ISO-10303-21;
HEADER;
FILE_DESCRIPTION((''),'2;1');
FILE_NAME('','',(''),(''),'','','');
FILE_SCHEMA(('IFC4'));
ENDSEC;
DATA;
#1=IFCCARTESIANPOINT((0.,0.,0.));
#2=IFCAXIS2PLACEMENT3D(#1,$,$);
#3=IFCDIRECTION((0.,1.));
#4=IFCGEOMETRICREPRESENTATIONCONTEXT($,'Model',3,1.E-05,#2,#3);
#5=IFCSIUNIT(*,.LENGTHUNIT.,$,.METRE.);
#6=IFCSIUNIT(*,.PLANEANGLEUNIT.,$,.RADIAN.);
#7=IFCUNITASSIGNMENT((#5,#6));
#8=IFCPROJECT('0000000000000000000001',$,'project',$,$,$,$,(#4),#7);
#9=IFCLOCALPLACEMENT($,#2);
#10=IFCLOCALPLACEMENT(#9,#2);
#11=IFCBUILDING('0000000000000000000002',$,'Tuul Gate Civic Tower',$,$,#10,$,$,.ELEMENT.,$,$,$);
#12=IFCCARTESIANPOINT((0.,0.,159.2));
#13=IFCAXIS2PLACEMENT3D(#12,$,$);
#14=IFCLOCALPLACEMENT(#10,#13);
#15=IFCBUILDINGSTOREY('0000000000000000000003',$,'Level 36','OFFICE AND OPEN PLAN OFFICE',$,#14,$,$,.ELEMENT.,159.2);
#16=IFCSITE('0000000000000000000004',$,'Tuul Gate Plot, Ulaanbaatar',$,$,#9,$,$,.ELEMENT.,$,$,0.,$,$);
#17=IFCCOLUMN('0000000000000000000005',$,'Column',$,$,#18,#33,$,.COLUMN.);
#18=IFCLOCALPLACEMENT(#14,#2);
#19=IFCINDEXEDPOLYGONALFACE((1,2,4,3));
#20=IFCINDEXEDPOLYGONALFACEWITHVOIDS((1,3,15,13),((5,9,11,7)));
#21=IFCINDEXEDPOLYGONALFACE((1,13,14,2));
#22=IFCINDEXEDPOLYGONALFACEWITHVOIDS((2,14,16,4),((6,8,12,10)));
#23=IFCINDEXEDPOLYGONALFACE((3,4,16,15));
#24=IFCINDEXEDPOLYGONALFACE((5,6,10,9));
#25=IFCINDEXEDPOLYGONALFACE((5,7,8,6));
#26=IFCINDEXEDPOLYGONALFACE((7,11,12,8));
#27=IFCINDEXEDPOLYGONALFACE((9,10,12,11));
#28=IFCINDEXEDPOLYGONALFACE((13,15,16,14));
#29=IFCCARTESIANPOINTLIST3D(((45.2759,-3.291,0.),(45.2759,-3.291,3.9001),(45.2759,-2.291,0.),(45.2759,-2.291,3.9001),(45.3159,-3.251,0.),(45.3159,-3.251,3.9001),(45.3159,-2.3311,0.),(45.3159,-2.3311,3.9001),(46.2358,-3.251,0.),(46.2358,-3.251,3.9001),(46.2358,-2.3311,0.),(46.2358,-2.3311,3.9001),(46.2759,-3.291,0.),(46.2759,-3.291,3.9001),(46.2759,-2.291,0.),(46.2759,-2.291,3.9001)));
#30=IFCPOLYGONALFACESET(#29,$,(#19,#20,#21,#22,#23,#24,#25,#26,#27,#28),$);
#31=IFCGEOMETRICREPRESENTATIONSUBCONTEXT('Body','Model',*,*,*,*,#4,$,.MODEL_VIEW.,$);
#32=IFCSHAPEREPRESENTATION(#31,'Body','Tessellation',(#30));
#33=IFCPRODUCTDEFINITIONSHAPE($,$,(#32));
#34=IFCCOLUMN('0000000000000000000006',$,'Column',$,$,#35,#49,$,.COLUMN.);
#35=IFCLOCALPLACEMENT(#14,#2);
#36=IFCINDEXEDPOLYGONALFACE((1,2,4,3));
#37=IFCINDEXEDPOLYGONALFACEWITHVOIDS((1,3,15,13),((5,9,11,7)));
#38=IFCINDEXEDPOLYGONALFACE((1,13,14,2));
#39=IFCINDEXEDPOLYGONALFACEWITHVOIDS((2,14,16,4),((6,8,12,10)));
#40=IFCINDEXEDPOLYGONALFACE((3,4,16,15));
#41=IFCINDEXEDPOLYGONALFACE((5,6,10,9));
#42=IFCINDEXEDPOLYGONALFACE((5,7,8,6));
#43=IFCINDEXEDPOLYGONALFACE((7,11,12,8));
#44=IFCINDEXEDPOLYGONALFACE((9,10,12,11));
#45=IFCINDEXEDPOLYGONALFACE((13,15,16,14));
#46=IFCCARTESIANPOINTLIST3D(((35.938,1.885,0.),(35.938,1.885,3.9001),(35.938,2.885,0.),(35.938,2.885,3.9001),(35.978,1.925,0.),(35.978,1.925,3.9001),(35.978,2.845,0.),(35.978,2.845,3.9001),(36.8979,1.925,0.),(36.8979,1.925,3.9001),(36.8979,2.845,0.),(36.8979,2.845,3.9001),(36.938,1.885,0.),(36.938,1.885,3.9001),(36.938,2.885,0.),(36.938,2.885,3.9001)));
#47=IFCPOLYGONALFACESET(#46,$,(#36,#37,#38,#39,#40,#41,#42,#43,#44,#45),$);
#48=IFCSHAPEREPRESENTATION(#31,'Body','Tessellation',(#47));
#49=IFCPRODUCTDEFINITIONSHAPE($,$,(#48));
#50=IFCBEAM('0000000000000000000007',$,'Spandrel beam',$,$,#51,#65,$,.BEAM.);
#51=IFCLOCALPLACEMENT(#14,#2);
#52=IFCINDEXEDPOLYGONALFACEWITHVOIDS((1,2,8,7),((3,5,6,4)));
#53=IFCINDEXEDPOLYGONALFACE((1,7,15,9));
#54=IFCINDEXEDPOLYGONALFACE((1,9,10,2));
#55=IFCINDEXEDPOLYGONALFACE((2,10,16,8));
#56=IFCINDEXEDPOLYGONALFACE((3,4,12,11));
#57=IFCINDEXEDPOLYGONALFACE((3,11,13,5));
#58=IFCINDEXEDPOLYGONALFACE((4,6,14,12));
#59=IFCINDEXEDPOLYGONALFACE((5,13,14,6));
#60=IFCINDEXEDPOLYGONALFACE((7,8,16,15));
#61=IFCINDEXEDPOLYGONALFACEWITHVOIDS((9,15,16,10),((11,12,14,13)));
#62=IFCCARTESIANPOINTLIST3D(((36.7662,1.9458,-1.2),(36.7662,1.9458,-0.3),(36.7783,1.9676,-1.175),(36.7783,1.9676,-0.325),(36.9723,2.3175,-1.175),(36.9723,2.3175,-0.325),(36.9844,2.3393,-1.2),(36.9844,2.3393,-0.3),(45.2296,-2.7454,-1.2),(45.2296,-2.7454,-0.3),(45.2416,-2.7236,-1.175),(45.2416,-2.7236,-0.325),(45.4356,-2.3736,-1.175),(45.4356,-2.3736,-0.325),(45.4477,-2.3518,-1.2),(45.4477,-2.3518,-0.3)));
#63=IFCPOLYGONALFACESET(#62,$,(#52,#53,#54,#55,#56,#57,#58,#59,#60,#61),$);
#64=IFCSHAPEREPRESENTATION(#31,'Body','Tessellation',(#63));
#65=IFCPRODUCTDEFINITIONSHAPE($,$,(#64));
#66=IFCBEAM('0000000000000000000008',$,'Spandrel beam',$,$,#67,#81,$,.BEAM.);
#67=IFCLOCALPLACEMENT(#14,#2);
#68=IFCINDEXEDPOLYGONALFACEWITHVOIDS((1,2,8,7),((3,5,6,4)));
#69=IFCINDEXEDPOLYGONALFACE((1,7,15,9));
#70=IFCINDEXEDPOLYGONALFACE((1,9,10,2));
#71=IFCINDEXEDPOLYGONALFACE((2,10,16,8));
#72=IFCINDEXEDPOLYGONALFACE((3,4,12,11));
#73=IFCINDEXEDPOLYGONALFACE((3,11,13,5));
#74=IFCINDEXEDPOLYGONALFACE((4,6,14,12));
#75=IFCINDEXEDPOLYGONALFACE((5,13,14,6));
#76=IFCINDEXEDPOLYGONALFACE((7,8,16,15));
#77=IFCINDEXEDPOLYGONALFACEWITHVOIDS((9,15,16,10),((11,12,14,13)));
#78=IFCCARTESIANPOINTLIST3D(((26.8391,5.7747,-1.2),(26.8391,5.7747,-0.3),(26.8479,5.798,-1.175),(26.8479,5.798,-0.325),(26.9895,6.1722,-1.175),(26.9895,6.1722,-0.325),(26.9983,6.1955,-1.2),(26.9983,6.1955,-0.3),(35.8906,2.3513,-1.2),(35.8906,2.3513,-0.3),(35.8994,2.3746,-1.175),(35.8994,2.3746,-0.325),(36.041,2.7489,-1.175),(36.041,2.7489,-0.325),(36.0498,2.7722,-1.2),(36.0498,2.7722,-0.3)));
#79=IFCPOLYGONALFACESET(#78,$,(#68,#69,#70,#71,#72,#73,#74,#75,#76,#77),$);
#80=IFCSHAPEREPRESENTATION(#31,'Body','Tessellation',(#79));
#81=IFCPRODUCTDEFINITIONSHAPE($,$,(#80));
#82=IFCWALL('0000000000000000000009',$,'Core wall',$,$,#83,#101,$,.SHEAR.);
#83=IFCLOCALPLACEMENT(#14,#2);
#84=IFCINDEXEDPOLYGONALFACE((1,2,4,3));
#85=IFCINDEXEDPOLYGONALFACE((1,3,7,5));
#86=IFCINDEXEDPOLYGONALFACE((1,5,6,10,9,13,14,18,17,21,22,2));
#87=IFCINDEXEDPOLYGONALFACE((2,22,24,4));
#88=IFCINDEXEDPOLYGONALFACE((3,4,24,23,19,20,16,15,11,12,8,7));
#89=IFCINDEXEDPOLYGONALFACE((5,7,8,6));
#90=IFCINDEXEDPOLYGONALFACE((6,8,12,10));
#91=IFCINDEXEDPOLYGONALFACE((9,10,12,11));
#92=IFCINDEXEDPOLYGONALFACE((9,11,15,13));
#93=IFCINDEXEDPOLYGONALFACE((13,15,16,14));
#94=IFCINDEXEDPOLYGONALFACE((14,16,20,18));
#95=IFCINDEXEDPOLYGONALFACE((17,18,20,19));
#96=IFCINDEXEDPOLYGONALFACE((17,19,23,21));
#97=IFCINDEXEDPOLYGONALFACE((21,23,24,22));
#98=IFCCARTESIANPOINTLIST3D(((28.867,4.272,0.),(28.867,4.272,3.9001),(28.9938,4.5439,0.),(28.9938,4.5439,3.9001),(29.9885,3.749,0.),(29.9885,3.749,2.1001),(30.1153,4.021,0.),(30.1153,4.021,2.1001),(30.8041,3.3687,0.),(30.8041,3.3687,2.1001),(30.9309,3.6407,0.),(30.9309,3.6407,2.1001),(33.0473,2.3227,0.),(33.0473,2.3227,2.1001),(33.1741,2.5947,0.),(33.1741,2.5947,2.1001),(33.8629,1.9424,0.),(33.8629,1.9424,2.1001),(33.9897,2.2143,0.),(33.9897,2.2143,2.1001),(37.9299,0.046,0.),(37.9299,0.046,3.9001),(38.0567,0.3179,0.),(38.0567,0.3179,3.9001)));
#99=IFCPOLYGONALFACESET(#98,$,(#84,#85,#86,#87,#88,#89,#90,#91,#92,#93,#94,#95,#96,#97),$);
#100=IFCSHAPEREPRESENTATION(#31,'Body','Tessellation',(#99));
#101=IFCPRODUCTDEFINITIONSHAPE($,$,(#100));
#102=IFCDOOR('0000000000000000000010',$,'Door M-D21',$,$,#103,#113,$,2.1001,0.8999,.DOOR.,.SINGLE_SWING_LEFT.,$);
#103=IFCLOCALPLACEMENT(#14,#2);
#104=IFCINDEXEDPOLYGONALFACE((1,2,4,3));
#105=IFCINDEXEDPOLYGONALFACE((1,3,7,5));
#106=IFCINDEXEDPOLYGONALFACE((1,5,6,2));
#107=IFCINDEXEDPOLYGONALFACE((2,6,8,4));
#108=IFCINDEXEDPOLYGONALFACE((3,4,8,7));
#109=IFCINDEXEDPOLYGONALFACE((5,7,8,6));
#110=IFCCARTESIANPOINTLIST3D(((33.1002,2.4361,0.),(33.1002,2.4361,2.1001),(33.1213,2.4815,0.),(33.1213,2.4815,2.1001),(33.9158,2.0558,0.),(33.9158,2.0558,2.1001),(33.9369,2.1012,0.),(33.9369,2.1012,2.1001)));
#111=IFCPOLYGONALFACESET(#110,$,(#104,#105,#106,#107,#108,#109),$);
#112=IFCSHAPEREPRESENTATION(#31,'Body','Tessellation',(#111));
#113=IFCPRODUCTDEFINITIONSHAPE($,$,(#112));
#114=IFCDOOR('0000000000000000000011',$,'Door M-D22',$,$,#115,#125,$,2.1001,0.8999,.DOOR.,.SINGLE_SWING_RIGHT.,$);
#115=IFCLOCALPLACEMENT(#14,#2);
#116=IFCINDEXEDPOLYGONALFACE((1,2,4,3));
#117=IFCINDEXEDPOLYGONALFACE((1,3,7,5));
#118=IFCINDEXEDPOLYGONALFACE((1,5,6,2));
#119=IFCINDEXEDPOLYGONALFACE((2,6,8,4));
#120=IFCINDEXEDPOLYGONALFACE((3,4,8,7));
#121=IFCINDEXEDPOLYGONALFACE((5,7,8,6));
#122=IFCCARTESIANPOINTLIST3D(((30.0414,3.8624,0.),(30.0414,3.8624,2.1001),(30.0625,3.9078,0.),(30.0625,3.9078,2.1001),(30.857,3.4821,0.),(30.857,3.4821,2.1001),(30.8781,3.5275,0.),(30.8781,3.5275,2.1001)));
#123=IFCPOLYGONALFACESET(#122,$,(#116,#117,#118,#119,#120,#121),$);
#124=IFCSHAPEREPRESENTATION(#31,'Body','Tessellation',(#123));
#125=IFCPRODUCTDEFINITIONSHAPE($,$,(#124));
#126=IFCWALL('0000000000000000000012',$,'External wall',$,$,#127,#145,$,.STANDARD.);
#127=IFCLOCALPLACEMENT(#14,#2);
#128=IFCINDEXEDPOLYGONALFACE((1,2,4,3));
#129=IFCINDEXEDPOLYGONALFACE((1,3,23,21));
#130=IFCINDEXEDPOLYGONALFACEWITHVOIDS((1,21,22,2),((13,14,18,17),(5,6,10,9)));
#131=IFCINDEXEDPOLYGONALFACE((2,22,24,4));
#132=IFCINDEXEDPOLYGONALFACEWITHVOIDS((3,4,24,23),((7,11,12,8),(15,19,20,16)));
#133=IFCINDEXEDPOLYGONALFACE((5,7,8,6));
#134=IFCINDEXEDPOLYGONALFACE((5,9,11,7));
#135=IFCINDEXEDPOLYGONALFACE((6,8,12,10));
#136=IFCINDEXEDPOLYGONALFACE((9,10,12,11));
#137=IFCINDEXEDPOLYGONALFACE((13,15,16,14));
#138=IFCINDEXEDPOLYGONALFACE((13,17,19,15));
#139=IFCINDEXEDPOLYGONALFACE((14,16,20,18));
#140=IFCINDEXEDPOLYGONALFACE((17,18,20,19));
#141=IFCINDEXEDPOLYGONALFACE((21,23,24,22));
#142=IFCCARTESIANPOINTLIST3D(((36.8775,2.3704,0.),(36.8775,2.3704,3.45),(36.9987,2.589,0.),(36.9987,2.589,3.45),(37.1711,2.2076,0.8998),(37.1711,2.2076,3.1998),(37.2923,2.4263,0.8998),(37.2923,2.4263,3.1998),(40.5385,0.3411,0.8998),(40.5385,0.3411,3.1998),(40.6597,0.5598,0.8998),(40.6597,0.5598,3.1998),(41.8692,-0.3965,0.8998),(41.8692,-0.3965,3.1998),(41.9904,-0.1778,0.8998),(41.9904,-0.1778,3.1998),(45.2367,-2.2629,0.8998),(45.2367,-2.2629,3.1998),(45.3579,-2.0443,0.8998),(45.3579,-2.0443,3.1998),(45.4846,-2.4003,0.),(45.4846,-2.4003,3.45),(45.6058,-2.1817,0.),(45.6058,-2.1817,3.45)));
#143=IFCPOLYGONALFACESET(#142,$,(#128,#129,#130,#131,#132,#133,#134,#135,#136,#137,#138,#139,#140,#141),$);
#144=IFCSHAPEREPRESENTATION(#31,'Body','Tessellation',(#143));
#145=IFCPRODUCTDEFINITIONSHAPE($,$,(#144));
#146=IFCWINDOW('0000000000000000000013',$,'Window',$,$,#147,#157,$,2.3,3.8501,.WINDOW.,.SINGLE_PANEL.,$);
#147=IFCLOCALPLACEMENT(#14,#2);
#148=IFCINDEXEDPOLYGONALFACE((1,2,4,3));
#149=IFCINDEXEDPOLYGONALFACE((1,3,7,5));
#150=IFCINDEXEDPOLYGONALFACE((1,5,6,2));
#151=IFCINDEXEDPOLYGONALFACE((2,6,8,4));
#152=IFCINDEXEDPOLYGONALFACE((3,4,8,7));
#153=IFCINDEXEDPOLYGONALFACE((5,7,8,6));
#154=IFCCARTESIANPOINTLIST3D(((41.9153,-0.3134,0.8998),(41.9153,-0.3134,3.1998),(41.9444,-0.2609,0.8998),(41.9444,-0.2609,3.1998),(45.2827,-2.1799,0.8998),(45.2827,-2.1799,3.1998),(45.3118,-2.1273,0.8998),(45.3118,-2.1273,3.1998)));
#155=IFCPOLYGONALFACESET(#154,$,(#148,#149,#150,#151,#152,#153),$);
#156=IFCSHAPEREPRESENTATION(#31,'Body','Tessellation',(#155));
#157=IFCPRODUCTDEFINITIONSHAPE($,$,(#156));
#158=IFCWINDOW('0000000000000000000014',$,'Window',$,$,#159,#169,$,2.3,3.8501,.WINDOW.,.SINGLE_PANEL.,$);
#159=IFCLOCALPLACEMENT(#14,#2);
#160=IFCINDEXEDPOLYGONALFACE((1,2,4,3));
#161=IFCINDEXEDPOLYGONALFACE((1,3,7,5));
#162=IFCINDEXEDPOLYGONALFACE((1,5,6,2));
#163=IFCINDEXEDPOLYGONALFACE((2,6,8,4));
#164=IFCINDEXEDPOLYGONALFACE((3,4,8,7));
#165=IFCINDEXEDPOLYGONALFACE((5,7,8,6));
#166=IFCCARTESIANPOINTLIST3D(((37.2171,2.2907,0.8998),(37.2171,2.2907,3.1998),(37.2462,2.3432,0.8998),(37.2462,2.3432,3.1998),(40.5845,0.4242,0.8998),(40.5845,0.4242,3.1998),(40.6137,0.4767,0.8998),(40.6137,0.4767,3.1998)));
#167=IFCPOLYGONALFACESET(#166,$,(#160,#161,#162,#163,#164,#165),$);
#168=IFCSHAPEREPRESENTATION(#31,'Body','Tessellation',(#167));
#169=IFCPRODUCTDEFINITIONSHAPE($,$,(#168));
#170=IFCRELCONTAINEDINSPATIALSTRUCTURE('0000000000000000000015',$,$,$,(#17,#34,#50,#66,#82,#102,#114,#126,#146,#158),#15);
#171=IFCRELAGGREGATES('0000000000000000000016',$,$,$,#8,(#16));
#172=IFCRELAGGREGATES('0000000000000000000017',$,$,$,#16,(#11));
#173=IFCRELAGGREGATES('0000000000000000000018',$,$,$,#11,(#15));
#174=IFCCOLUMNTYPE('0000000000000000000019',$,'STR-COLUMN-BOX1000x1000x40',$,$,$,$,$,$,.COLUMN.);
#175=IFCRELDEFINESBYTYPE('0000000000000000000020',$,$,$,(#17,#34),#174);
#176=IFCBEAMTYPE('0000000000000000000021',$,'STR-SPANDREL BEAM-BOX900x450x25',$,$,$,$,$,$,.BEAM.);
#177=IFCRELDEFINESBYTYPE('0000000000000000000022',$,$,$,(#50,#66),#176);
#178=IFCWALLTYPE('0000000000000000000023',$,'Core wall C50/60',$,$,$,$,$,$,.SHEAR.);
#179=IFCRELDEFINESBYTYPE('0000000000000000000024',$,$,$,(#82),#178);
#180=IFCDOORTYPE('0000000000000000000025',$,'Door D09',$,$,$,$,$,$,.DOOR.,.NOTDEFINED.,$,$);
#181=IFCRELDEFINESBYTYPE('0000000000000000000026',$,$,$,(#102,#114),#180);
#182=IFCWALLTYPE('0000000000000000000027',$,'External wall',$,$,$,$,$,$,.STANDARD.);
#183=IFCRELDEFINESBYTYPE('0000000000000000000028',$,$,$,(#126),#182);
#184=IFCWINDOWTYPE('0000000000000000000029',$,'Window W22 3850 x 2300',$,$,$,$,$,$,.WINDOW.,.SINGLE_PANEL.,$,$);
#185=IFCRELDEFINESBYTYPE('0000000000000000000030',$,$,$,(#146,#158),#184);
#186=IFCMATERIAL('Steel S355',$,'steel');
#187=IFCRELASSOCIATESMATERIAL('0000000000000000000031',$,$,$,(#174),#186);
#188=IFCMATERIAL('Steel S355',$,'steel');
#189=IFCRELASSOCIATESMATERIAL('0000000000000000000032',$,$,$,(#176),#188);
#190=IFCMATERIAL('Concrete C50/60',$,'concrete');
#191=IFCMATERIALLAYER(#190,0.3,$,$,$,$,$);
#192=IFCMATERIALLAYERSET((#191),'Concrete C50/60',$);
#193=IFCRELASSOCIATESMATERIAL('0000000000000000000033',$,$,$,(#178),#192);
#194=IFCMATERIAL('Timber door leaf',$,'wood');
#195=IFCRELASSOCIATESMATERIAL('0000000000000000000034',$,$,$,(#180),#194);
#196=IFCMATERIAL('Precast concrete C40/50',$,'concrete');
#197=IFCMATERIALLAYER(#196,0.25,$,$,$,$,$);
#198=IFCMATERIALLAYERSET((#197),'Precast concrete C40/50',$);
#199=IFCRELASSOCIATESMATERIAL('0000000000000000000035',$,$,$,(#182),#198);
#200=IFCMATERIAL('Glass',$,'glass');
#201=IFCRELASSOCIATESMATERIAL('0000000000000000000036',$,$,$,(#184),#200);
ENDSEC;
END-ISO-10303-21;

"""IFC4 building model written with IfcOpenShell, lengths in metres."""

from ifc_helpers import new_model, si_unit, direction, frame, frame_2d, origin, origin_2d, place, context, subcontext, project, spatial, rectangle, hollow_rectangle, extrude, material, layer, layer_set, material_profile, profile_set, type_object, element, fill, save


model = new_model("IFC4")

# Units and contexts
model_context = context("Model", 3, precision=1e-05, world=origin(), true_north=direction((0.0, 1.0)))
body_context = subcontext(model_context, "Body", "Model", "MODEL_VIEW")
ifc_project = project(units=[si_unit("LENGTHUNIT", "METRE"), si_unit("PLANEANGLEUNIT", "RADIAN")], contexts=[model_context])

# Site, building, storey
site_placement = place(None, origin())
site = spatial("IfcSite", under=ifc_project, at=site_placement, Name="Tuul Gate Plot, Ulaanbaatar", CompositionType="ELEMENT", RefElevation=0.0)
building_placement = place(site_placement, origin())
building = spatial("IfcBuilding", under=site, at=building_placement, Name="Tuul Gate Civic Tower", CompositionType="ELEMENT")
storey_placement = place(building_placement, frame((0.0, 0.0, 159.2)))
storey = spatial("IfcBuildingStorey", under=building, at=storey_placement, Name="Level 36", Description="OFFICE AND OPEN PLAN OFFICE", CompositionType="ELEMENT", Elevation=159.2)

# Columns
ifc_material_1 = material(Name="Steel S355", Category="steel")
ifc_material_profile_1 = material_profile(ifc_material_1, hollow_rectangle(XDim=1.0, YDim=1.0, WallThickness=0.04, at=origin_2d()), Name="BOX1000x1000x40")
ifc_profile_set_1 = profile_set([ifc_material_profile_1], Name="Steel S355")
column_type = type_object("IfcColumnType", Name="STR-COLUMN-BOX1000x1000x40", PredefinedType="COLUMN", material=ifc_profile_set_1)
for number, where, z_axis, x_axis, name in (
    (1, (45.7759, -2.791, 0.0), (0.0, 0.0, 1.0), (1.0, 0.0, 0.0), "Column"),
    (2, (36.438, 2.385, 0.0), (0.0, 0.0, 1.0), (1.0, 0.0, 0.0), "Column"),
):
    element("IfcColumn", number, at=place(storey_placement, frame(where, z_axis=z_axis, x_axis=x_axis)), inside=storey, type_object=column_type, Name=name, PredefinedType="COLUMN", context=body_context, shape_type="SweptSolid", body=[
        extrude(hollow_rectangle(XDim=1.0, YDim=1.0, WallThickness=0.04, at=origin_2d()), origin(), (0.0, 0.0, 1.0), 3.9001),
    ])

# Beams
ifc_material_2 = material(Name="Steel S355", Category="steel")
ifc_material_profile_2 = material_profile(ifc_material_2, hollow_rectangle(XDim=0.45, YDim=0.8999, WallThickness=0.0249, at=origin_2d()), Name="BOX900x450x25")
ifc_profile_set_2 = profile_set([ifc_material_profile_2], Name="Steel S355")
beam_type = type_object("IfcBeamType", Name="STR-SPANDREL BEAM-BOX900x450x25", PredefinedType="BEAM", material=ifc_profile_set_2)
beam_1_placement = place(storey_placement, frame((45.3386, -2.5486, -0.75), z_axis=(-0.874627, 0.484797, 0.0), x_axis=(-0.484797, -0.874627, 0.0)))
element("IfcBeam", 3, at=beam_1_placement, inside=storey, type_object=beam_type, Name="Spandrel beam", PredefinedType="BEAM", context=body_context, shape_type="SweptSolid", body=[
    extrude(hollow_rectangle(XDim=0.45, YDim=0.8999, WallThickness=0.0249, at=origin_2d()), origin(), (0.0, 0.0, 1.0), 9.6765),
])
beam_2_placement = place(storey_placement, frame((35.9702, 2.5618, -0.75), z_axis=(-0.93534, 0.353751, 0.0), x_axis=(-0.353751, -0.93534, 0.0)))
element("IfcBeam", 4, at=beam_2_placement, inside=storey, type_object=beam_type, Name="Spandrel beam", PredefinedType="BEAM", context=body_context, shape_type="SweptSolid", body=[
    extrude(hollow_rectangle(XDim=0.45, YDim=0.8999, WallThickness=0.0249, at=origin_2d()), origin(), (0.0, 0.0, 1.0), 9.6772),
])

# Wall, openings, doors
ifc_material_3 = material(Name="Concrete C50/60", Category="concrete")
ifc_layer_1 = layer(ifc_material_3, 0.3)
ifc_layer_set_1 = layer_set([ifc_layer_1], Name="Concrete C50/60")
wall_type_1 = type_object("IfcWallType", Name="Core wall C50/60", PredefinedType="SHEAR", material=ifc_layer_set_1)
wall_1_placement = place(storey_placement, frame((37.9934, 0.1819, 0.0), z_axis=(0.0, 0.0, 1.0), x_axis=(-0.90631, 0.422613, 0.0)))
wall_1 = element("IfcWall", 5, at=wall_1_placement, inside=storey, type_object=wall_type_1, Name="Core wall", PredefinedType="SHEAR", context=body_context, shape_type="SweptSolid", body=[
    extrude(rectangle(XDim=9.9998, YDim=0.3, at=frame_2d((5.0, 0.0))), origin(), (0.0, 0.0, 1.0), 3.9001),
])
opening_1_placement = place(wall_1_placement, frame((4.4875, 0.0, 0.0)))
opening_1 = element("IfcOpeningElement", 6, at=opening_1_placement, cuts=wall_1, PredefinedType="OPENING", context=body_context, shape_type="SweptSolid", body=[
    extrude(rectangle(XDim=0.8999, YDim=2.1001, at=frame_2d((0.45, 1.05))), frame((0.0, 0.1602, 0.0), z_axis=(0.0, -1.0, 0.0), x_axis=(1.0, 0.0, 0.0)), (0.0, 0.0, 1.0), 0.3201),
])
opening_2_placement = place(wall_1_placement, frame((7.8625, 0.0, 0.0)))
opening_2 = element("IfcOpeningElement", 7, at=opening_2_placement, cuts=wall_1, PredefinedType="OPENING", context=body_context, shape_type="SweptSolid", body=[
    extrude(rectangle(XDim=0.8999, YDim=2.1001, at=frame_2d((0.45, 1.05))), frame((0.0, 0.1602, 0.0), z_axis=(0.0, -1.0, 0.0), x_axis=(1.0, 0.0, 0.0)), (0.0, 0.0, 1.0), 0.3201),
])
ifc_material_4 = material(Name="Timber door leaf", Category="wood")
door_type = type_object("IfcDoorType", Name="Door D09", OperationType="NOTDEFINED", PredefinedType="DOOR", material=ifc_material_4)
door_1_placement = place(opening_1_placement, origin())
door_1 = element("IfcDoor", 8, at=door_1_placement, inside=storey, type_object=door_type, Name="Door M-D21", OperationType="SINGLE_SWING_LEFT", OverallHeight=2.1001, OverallWidth=0.8999, PredefinedType="DOOR", context=body_context, shape_type="SweptSolid", body=[
    extrude(rectangle(XDim=0.8999, YDim=2.1001, at=frame_2d((0.45, 1.05))), frame((0.0, 0.0249, 0.0), z_axis=(0.0, -1.0, 0.0), x_axis=(1.0, 0.0, 0.0)), (0.0, 0.0, 1.0), 0.05),
])
fill(opening_1, door_1)
door_2_placement = place(opening_2_placement, origin())
door_2 = element("IfcDoor", 9, at=door_2_placement, inside=storey, type_object=door_type, Name="Door M-D22", OperationType="SINGLE_SWING_RIGHT", OverallHeight=2.1001, OverallWidth=0.8999, PredefinedType="DOOR", context=body_context, shape_type="SweptSolid", body=[
    extrude(rectangle(XDim=0.8999, YDim=2.1001, at=frame_2d((0.45, 1.05))), frame((0.0, 0.0249, 0.0), z_axis=(0.0, -1.0, 0.0), x_axis=(1.0, 0.0, 0.0)), (0.0, 0.0, 1.0), 0.05),
])
fill(opening_2, door_2)

# Wall, openings, windows
ifc_material_5 = material(Name="Precast concrete C40/50", Category="concrete")
ifc_layer_2 = layer(ifc_material_5, 0.25)
ifc_layer_set_2 = layer_set([ifc_layer_2], Name="Precast concrete C40/50")
wall_type_2 = type_object("IfcWallType", Name="External wall", PredefinedType="STANDARD", material=ifc_layer_set_2)
wall_2_placement = place(storey_placement, frame((45.5452, -2.291, 0.0), z_axis=(0.0, 0.0, 1.0), x_axis=(-0.874632, 0.484787, 0.0)))
wall_2 = element("IfcWall", 10, at=wall_2_placement, inside=storey, type_object=wall_type_2, Name="External wall", PredefinedType="STANDARD", context=body_context, shape_type="SweptSolid", body=[
    extrude(rectangle(XDim=9.8408, YDim=0.25, at=frame_2d((4.9204, 0.0))), origin(), (0.0, 0.0, 1.0), 3.45),
])
opening_3_placement = place(wall_2_placement, frame((0.2834, 0.0, 0.8999)))
opening_3 = element("IfcOpeningElement", 11, at=opening_3_placement, cuts=wall_2, PredefinedType="OPENING", context=body_context, shape_type="SweptSolid", body=[
    extrude(rectangle(XDim=3.8501, YDim=2.3, at=frame_2d((1.925, 1.1499))), frame((0.0, 0.135, 0.0), z_axis=(0.0, -1.0, 0.0), x_axis=(1.0, 0.0, 0.0)), (0.0, 0.0, 1.0), 0.27),
])
opening_4_placement = place(wall_2_placement, frame((5.655, 0.0, 0.8999)))
opening_4 = element("IfcOpeningElement", 12, at=opening_4_placement, cuts=wall_2, PredefinedType="OPENING", context=body_context, shape_type="SweptSolid", body=[
    extrude(rectangle(XDim=3.8501, YDim=2.3, at=frame_2d((1.925, 1.1499))), frame((0.0, 0.135, 0.0), z_axis=(0.0, -1.0, 0.0), x_axis=(1.0, 0.0, 0.0)), (0.0, 0.0, 1.0), 0.27),
])
ifc_material_6 = material(Name="Glass", Category="glass")
window_type = type_object("IfcWindowType", Name="Window W22 3850 x 2300", PartitioningType="SINGLE_PANEL", PredefinedType="WINDOW", material=ifc_material_6)
window_1_placement = place(opening_3_placement, origin())
window_1 = element("IfcWindow", 13, at=window_1_placement, inside=storey, type_object=window_type, Name="Window", OverallHeight=2.3, OverallWidth=3.8501, PartitioningType="SINGLE_PANEL", PredefinedType="WINDOW", context=body_context, shape_type="SweptSolid", body=[
    extrude(rectangle(XDim=3.8501, YDim=2.3, at=frame_2d((1.925, 1.1499))), frame((0.0, 0.03, 0.0), z_axis=(0.0, -1.0, 0.0), x_axis=(1.0, 0.0, 0.0)), (0.0, 0.0, 1.0), 0.0601),
])
fill(opening_3, window_1)
window_2_placement = place(opening_4_placement, origin())
window_2 = element("IfcWindow", 14, at=window_2_placement, inside=storey, type_object=window_type, Name="Window", OverallHeight=2.3, OverallWidth=3.8501, PartitioningType="SINGLE_PANEL", PredefinedType="WINDOW", context=body_context, shape_type="SweptSolid", body=[
    extrude(rectangle(XDim=3.8501, YDim=2.3, at=frame_2d((1.925, 1.1499))), frame((0.0, 0.03, 0.0), z_axis=(0.0, -1.0, 0.0), x_axis=(1.0, 0.0, 0.0)), (0.0, 0.0, 1.0), 0.0601),
])
fill(opening_4, window_2)

save(model, "model.ifc")
